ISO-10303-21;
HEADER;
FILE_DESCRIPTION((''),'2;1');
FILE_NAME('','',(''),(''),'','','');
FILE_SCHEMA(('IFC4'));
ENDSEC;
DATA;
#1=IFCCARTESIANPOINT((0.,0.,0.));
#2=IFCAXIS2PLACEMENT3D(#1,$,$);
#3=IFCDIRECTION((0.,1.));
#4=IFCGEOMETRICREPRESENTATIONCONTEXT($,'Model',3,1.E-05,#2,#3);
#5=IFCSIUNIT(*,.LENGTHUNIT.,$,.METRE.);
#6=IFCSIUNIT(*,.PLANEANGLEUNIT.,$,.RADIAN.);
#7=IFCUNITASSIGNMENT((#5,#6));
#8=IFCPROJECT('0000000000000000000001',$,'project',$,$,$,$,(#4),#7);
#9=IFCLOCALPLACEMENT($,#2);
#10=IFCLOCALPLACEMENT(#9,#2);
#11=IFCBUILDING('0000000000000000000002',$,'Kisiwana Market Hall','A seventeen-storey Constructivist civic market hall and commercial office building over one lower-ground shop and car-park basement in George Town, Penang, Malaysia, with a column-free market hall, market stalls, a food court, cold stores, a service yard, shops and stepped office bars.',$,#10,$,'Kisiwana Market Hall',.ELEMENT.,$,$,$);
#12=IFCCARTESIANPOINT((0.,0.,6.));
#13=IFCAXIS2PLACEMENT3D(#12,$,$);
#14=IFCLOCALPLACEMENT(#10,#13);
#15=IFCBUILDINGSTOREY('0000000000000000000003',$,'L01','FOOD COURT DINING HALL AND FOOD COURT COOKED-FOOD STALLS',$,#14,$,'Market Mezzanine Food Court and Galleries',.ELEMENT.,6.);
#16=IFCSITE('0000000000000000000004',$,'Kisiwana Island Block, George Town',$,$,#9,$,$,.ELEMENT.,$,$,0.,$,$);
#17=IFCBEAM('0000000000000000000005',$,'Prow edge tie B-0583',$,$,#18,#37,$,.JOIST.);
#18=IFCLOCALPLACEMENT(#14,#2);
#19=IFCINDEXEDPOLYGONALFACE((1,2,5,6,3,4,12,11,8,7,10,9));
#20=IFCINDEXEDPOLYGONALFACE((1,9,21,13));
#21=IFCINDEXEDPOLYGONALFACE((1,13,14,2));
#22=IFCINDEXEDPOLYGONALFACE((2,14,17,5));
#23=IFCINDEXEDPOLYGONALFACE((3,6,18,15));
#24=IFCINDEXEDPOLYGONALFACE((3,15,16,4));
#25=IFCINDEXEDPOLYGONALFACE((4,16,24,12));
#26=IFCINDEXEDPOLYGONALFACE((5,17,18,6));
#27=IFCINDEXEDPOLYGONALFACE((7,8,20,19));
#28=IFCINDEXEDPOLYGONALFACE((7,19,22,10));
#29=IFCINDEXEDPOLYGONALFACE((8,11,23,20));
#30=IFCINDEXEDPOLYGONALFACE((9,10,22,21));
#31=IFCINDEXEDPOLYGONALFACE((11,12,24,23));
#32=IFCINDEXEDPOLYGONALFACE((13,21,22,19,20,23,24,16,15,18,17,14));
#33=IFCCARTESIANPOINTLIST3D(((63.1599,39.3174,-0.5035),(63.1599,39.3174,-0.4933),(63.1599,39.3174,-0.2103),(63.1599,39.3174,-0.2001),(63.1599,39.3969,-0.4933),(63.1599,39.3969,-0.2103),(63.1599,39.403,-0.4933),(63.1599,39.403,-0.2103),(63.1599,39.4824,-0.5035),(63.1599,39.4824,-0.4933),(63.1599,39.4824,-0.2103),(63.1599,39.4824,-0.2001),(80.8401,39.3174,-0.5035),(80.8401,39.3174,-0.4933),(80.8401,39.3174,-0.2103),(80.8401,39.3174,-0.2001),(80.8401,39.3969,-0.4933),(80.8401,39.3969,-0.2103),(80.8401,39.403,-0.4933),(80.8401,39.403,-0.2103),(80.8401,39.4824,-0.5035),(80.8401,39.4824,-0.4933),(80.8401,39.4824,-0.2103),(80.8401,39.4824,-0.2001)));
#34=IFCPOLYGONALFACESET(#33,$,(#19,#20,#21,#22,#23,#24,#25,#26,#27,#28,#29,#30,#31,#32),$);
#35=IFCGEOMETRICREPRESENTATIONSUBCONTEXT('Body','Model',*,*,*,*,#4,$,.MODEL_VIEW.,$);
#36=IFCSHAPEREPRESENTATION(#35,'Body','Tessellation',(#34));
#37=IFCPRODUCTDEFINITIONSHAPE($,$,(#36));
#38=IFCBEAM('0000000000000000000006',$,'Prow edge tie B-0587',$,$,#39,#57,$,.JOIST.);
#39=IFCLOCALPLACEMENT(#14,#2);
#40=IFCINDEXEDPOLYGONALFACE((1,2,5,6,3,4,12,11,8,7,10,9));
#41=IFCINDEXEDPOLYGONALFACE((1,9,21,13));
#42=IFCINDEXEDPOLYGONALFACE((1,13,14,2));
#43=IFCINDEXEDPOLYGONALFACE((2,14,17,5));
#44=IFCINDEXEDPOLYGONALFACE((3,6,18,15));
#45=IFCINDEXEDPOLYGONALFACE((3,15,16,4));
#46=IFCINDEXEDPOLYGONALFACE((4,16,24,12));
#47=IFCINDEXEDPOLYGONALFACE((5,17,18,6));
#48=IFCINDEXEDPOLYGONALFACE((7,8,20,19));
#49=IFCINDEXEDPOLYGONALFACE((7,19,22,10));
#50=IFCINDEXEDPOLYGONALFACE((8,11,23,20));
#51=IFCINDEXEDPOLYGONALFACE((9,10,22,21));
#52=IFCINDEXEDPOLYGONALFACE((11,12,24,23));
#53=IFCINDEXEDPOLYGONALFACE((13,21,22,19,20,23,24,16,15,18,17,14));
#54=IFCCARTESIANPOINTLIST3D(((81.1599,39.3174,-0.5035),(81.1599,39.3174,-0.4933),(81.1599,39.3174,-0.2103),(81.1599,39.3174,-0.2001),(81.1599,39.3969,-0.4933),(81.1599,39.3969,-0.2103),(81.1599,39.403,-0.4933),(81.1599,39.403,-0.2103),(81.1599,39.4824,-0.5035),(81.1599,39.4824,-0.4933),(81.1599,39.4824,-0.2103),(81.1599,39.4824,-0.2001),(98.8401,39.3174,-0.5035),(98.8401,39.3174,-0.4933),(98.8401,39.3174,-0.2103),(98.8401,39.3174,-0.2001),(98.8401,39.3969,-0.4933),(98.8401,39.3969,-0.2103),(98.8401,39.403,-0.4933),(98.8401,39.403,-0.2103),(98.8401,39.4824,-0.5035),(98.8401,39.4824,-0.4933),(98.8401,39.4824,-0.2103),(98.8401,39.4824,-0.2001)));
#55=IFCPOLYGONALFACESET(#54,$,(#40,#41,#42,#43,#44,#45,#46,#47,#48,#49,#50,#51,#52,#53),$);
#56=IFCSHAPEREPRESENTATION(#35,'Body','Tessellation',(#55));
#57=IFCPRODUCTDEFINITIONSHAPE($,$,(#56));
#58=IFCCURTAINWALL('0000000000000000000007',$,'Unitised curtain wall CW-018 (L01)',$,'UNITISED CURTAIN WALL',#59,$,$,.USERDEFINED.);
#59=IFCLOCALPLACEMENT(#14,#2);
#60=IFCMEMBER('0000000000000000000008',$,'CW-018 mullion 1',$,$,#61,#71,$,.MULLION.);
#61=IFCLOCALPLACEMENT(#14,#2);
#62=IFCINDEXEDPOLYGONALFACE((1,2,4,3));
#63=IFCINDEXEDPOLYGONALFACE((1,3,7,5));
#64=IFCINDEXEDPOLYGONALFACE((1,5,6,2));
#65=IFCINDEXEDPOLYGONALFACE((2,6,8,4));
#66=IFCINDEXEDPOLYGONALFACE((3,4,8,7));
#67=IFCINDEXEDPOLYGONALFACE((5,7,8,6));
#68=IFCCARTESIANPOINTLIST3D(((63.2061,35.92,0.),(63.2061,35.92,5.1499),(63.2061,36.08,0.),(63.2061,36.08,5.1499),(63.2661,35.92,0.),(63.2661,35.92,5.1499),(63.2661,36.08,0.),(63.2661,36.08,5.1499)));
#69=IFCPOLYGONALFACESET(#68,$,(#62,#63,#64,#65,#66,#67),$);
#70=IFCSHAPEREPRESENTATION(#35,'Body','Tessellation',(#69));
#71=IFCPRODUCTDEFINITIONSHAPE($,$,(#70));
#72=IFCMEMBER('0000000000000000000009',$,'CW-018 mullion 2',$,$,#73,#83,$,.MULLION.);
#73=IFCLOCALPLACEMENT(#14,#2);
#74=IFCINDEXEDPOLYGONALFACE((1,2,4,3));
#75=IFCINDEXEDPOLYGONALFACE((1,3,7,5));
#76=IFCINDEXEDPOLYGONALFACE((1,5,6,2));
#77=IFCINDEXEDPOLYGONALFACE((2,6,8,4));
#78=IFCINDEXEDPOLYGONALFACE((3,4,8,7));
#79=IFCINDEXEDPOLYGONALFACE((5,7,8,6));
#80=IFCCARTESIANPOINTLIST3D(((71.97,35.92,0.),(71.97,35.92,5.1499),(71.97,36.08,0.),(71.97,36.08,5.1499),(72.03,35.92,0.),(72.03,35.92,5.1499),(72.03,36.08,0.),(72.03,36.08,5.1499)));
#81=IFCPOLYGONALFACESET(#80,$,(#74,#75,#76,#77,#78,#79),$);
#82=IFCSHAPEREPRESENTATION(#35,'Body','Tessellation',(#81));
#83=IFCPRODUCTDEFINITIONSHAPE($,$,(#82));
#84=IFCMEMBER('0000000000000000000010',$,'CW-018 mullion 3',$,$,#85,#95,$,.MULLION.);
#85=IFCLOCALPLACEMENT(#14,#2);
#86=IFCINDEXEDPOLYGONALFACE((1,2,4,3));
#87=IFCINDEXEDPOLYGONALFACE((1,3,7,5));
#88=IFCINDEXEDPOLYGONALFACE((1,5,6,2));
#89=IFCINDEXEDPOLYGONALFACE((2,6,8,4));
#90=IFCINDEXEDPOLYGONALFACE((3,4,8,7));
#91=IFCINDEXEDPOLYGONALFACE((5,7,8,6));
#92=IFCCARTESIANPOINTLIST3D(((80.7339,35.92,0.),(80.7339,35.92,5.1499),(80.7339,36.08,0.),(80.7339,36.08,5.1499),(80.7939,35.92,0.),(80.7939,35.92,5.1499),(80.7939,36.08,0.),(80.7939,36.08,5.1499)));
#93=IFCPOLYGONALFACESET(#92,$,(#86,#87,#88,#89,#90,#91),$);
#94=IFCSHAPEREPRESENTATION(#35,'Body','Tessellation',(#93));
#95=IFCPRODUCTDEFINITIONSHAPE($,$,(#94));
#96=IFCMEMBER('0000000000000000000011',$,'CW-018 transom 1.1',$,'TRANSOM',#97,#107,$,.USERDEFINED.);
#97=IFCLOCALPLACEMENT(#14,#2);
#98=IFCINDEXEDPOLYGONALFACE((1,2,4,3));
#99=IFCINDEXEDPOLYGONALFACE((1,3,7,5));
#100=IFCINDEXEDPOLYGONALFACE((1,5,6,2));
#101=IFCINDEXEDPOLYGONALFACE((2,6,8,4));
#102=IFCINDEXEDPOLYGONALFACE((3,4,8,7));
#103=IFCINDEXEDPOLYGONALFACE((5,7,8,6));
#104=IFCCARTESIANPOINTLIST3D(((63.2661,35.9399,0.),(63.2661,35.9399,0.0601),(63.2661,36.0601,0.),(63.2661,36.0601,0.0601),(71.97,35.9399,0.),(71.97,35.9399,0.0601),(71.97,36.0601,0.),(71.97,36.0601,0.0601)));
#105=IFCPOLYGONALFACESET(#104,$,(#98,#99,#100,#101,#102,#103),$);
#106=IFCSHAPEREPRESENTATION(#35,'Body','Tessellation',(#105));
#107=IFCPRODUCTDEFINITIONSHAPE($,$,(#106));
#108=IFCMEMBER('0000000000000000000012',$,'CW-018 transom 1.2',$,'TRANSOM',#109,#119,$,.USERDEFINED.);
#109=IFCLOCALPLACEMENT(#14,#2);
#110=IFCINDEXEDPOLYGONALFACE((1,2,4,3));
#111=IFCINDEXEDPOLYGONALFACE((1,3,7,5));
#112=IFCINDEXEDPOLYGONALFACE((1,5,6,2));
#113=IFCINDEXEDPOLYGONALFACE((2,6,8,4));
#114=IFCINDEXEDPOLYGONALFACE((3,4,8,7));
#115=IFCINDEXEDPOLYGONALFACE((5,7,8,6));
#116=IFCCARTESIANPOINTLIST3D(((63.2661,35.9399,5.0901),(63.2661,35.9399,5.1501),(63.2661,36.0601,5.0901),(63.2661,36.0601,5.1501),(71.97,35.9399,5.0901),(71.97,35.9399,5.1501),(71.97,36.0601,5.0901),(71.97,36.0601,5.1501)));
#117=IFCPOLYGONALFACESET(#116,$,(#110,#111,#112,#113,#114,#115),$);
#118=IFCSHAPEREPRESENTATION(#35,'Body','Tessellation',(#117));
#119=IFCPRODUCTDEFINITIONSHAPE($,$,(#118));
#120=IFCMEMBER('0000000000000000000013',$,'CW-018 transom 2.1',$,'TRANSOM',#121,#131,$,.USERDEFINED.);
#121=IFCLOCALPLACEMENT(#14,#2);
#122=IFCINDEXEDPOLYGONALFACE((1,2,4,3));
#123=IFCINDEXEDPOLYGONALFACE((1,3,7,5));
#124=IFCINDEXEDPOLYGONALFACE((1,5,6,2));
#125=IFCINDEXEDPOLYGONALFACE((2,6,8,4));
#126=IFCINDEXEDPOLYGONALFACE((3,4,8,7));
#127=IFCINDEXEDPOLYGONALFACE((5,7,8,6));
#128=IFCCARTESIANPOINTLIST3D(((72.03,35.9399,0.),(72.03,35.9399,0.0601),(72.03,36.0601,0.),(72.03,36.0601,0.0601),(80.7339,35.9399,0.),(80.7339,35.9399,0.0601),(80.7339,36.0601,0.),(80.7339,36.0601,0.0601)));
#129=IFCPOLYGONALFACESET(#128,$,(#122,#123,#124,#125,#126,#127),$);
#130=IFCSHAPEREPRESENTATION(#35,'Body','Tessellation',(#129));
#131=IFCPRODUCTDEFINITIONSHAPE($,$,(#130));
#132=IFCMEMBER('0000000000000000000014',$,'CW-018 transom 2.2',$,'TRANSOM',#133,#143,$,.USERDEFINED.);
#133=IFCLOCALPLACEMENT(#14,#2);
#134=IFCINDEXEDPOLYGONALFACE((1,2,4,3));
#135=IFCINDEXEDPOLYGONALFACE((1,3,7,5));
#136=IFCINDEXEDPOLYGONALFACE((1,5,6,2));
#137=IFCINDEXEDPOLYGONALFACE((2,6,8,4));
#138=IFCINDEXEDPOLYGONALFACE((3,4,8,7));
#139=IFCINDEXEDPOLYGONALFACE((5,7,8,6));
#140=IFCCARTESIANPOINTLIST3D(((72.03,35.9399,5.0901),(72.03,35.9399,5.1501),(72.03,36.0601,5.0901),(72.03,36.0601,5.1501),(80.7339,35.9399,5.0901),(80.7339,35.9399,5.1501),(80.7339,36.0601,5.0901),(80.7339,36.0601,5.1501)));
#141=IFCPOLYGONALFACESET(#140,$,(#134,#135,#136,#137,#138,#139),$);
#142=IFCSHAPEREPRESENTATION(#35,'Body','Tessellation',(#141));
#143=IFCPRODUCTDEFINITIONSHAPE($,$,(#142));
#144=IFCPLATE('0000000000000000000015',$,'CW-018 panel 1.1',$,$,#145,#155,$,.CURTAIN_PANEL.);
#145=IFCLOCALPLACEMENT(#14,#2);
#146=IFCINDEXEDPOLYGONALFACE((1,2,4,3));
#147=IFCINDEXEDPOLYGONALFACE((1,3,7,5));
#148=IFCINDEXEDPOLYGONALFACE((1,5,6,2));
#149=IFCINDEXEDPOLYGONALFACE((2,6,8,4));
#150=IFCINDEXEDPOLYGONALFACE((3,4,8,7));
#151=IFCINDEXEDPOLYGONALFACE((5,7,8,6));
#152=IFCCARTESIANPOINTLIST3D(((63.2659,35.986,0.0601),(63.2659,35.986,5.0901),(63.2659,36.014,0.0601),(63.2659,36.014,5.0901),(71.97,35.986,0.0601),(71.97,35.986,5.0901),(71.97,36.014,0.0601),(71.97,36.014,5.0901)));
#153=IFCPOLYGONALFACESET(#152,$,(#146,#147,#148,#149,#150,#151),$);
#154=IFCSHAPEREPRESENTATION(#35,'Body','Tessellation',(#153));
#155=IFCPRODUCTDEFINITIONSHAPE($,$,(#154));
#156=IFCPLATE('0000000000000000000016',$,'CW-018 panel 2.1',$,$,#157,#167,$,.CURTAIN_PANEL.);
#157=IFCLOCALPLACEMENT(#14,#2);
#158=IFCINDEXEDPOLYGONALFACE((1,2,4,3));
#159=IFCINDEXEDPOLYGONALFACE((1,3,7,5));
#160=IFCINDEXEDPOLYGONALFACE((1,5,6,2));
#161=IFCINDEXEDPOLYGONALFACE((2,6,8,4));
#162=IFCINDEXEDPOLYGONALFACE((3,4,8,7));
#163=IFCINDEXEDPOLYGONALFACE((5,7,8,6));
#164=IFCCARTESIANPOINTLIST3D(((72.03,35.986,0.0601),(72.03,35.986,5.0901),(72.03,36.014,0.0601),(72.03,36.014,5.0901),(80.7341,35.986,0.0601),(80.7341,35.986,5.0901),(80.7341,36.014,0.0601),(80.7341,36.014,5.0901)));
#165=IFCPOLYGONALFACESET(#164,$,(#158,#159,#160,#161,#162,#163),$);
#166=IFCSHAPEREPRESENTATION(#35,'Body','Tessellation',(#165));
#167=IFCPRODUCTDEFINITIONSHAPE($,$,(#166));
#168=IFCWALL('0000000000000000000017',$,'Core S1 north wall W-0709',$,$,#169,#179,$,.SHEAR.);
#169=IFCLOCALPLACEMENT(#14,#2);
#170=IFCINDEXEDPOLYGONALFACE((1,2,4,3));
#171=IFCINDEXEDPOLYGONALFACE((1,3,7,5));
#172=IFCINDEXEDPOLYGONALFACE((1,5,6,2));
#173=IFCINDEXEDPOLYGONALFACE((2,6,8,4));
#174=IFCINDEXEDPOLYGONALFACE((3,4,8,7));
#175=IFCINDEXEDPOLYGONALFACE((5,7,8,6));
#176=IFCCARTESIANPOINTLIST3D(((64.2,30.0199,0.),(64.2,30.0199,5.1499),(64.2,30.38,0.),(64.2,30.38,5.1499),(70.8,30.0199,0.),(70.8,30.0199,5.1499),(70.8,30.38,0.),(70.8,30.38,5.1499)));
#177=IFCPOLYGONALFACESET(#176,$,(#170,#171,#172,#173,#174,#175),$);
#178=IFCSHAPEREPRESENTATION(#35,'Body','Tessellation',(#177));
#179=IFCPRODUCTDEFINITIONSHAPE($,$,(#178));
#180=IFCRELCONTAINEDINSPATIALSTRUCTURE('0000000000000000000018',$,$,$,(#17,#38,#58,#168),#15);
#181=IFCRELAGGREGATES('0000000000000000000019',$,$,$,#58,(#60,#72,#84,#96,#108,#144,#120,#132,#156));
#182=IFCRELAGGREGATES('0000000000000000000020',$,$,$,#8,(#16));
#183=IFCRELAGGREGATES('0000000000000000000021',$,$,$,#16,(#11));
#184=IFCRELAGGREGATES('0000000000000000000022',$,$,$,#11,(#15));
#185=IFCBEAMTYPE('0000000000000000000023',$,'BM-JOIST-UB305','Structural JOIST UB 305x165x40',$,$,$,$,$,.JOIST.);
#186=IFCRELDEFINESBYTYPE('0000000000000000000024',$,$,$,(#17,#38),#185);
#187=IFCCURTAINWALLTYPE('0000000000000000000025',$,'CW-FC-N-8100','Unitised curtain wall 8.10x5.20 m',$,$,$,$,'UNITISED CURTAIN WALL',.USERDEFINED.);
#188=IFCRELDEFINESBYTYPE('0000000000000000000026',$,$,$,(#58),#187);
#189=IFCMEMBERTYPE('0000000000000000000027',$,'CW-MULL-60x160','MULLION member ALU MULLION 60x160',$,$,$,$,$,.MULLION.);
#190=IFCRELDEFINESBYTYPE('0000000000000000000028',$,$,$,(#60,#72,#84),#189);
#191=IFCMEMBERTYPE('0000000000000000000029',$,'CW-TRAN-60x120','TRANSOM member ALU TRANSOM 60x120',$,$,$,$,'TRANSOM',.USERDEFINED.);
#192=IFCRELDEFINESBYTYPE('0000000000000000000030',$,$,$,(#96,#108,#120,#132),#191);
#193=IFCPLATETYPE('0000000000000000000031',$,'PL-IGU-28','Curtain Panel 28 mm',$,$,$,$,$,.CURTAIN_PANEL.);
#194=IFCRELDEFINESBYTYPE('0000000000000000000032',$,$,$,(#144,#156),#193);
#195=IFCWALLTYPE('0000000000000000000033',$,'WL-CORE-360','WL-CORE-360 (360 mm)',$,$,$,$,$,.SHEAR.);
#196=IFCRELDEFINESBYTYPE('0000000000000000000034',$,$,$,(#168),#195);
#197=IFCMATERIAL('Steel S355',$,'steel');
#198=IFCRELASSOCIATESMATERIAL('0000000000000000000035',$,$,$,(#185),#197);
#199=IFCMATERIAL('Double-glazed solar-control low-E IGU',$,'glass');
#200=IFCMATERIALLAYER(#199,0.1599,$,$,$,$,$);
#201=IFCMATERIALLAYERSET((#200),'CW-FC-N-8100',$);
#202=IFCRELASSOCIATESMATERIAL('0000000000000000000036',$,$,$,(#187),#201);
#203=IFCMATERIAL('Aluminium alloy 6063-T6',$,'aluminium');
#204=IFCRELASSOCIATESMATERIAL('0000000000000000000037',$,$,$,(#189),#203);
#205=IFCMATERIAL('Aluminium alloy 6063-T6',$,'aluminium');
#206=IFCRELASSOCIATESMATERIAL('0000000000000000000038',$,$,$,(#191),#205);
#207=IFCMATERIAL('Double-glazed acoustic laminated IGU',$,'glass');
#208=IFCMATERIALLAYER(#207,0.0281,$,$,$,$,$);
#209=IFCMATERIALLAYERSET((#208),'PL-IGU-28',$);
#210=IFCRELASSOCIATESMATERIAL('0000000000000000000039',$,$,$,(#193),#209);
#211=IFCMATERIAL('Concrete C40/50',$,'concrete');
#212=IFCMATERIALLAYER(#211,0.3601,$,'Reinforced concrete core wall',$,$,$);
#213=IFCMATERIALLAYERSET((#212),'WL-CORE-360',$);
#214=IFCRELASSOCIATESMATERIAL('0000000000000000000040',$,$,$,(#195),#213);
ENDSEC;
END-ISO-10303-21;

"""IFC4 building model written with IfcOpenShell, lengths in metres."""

from ifc_helpers import new_model, si_unit, direction, frame, frame_2d, origin, origin_2d, place, context, subcontext, project, spatial, rectangle, i_section, extrude, material, layer, layer_set, material_profile, profile_set, type_object, element, aggregate, save


model = new_model("IFC4")

# Units and contexts
model_context = context("Model", 3, precision=1e-05, world=origin(), true_north=direction((0.0, 1.0)))
body_context = subcontext(model_context, "Body", "Model", "MODEL_VIEW")
ifc_project = project(units=[si_unit("LENGTHUNIT", "METRE"), si_unit("PLANEANGLEUNIT", "RADIAN")], contexts=[model_context])

# Site, building, storey
site_placement = place(None, origin())
site = spatial("IfcSite", under=ifc_project, at=site_placement, Name="Kisiwana Island Block, George Town", CompositionType="ELEMENT", RefElevation=0.0)
building_placement = place(site_placement, origin())
building = spatial("IfcBuilding", under=site, at=building_placement, Name="Kisiwana Market Hall", Description="A seventeen-storey Constructivist civic market hall and commercial office building over one lower-ground shop and car-park basement in George Town, Penang, Malaysia, with a column-free market hall, market stalls, a food court, cold stores, a service yard, shops and stepped office bars.", LongName="Kisiwana Market Hall", CompositionType="ELEMENT")
storey_placement = place(building_placement, frame((0.0, 0.0, 6.0)))
storey = spatial("IfcBuildingStorey", under=building, at=storey_placement, Name="L01", Description="FOOD COURT DINING HALL AND FOOD COURT COOKED-FOOD STALLS", LongName="Market Mezzanine Food Court and Galleries", CompositionType="ELEMENT", Elevation=6.0)

# Beams
ifc_material_1 = material(Name="Steel S355", Category="steel")
ifc_material_profile_1 = material_profile(ifc_material_1, i_section(OverallWidth=0.165, OverallDepth=0.3035, WebThickness=0.0061, FlangeThickness=0.0103, at=origin_2d()), Name="UB 305x165x40")
ifc_profile_set_1 = profile_set([ifc_material_profile_1], Name="Steel S355")
beam_type_1 = type_object("IfcBeamType", Name="BM-JOIST-UB305", Description="Structural JOIST UB 305x165x40", PredefinedType="JOIST", material=ifc_profile_set_1)
for number, where, z_axis, x_axis, name in (
    (1, (63.1599, 39.3999, -0.3518), (1.0, 0.0, 0.0), (0.0, 1.0, 0.0), "Prow edge tie B-0583"),
    (2, (81.1599, 39.3999, -0.3518), (1.0, 0.0, 0.0), (0.0, 1.0, 0.0), "Prow edge tie B-0587"),
):
    element("IfcBeam", number, at=place(storey_placement, frame(where, z_axis=z_axis, x_axis=x_axis)), inside=storey, type_object=beam_type_1, Name=name, PredefinedType="JOIST", context=body_context, shape_type="SweptSolid", body=[
        extrude(i_section(OverallWidth=0.165, OverallDepth=0.3035, WebThickness=0.0061, FlangeThickness=0.0103, at=origin_2d()), origin(), (0.0, 0.0, 1.0), 17.6802),
    ])

# Curtain wall, members, plates
ifc_material_2 = material(Name="Double-glazed solar-control low-E IGU", Category="glass")
ifc_layer_1 = layer(ifc_material_2, 0.1599)
ifc_layer_set_1 = layer_set([ifc_layer_1], Name="CW-FC-N-8100")
curtain_wall_type = type_object("IfcCurtainWallType", Name="CW-FC-N-8100", Description="Unitised curtain wall 8.10x5.20 m", ElementType="UNITISED CURTAIN WALL", PredefinedType="USERDEFINED", material=ifc_layer_set_1)
curtain_wall_placement = place(storey_placement, origin())
curtain_wall = element("IfcCurtainWall", 3, at=curtain_wall_placement, inside=storey, type_object=curtain_wall_type, Name="Unitised curtain wall CW-018 (L01)", ObjectType="UNITISED CURTAIN WALL", PredefinedType="USERDEFINED")
ifc_material_3 = material(Name="Aluminium alloy 6063-T6", Category="aluminium")
ifc_material_profile_2 = material_profile(ifc_material_3, rectangle(XDim=0.0601, YDim=0.1599, at=origin_2d()), Name="ALU MULLION 60x160")
ifc_profile_set_2 = profile_set([ifc_material_profile_2], Name="Aluminium alloy 6063-T6")
member_type_1 = type_object("IfcMemberType", Name="CW-MULL-60x160", Description="MULLION member ALU MULLION 60x160", PredefinedType="MULLION", material=ifc_profile_set_2)
member_1_placement = place(storey_placement, frame((63.2361, 36.0, 0.0), z_axis=(0.0, 0.0, 1.0), x_axis=(1.0, 0.0, 0.0)))
member_1 = element("IfcMember", 4, at=member_1_placement, type_object=member_type_1, Name="CW-018 mullion 1", PredefinedType="MULLION", context=body_context, shape_type="SweptSolid", body=[
    extrude(rectangle(XDim=0.0601, YDim=0.1599, at=origin_2d()), origin(), (0.0, 0.0, 1.0), 5.1499),
])
member_2_placement = place(storey_placement, frame((72.0, 36.0, 0.0), z_axis=(0.0, 0.0, 1.0), x_axis=(1.0, 0.0, 0.0)))
member_2 = element("IfcMember", 5, at=member_2_placement, type_object=member_type_1, Name="CW-018 mullion 2", PredefinedType="MULLION", context=body_context, shape_type="SweptSolid", body=[
    extrude(rectangle(XDim=0.0601, YDim=0.1599, at=origin_2d()), origin(), (0.0, 0.0, 1.0), 5.1499),
])
member_3_placement = place(storey_placement, frame((80.7639, 36.0, 0.0), z_axis=(0.0, 0.0, 1.0), x_axis=(1.0, 0.0, 0.0)))
member_3 = element("IfcMember", 6, at=member_3_placement, type_object=member_type_1, Name="CW-018 mullion 3", PredefinedType="MULLION", context=body_context, shape_type="SweptSolid", body=[
    extrude(rectangle(XDim=0.0601, YDim=0.1599, at=origin_2d()), origin(), (0.0, 0.0, 1.0), 5.1499),
])
ifc_material_4 = material(Name="Aluminium alloy 6063-T6", Category="aluminium")
ifc_material_profile_3 = material_profile(ifc_material_4, rectangle(XDim=0.1201, YDim=0.0601, at=origin_2d()), Name="ALU TRANSOM 60x120")
ifc_profile_set_3 = profile_set([ifc_material_profile_3], Name="Aluminium alloy 6063-T6")
member_type_2 = type_object("IfcMemberType", Name="CW-TRAN-60x120", Description="TRANSOM member ALU TRANSOM 60x120", ElementType="TRANSOM", PredefinedType="USERDEFINED", material=ifc_profile_set_3)
member_4_placement = place(storey_placement, frame((63.2661, 36.0, 0.03), z_axis=(1.0, 0.0, 0.0), x_axis=(0.0, 1.0, 0.0)))
member_4 = element("IfcMember", 7, at=member_4_placement, type_object=member_type_2, Name="CW-018 transom 1.1", ObjectType="TRANSOM", PredefinedType="USERDEFINED", context=body_context, shape_type="SweptSolid", body=[
    extrude(rectangle(XDim=0.1201, YDim=0.0601, at=origin_2d()), origin(), (0.0, 0.0, 1.0), 8.7039),
])
member_5_placement = place(storey_placement, frame((63.2661, 36.0, 5.1201), z_axis=(1.0, 0.0, 0.0), x_axis=(0.0, 1.0, 0.0)))
member_5 = element("IfcMember", 8, at=member_5_placement, type_object=member_type_2, Name="CW-018 transom 1.2", ObjectType="TRANSOM", PredefinedType="USERDEFINED", context=body_context, shape_type="SweptSolid", body=[
    extrude(rectangle(XDim=0.1201, YDim=0.0601, at=origin_2d()), origin(), (0.0, 0.0, 1.0), 8.7039),
])
member_6_placement = place(storey_placement, frame((72.03, 36.0, 0.03), z_axis=(1.0, 0.0, 0.0), x_axis=(0.0, 1.0, 0.0)))
member_6 = element("IfcMember", 9, at=member_6_placement, type_object=member_type_2, Name="CW-018 transom 2.1", ObjectType="TRANSOM", PredefinedType="USERDEFINED", context=body_context, shape_type="SweptSolid", body=[
    extrude(rectangle(XDim=0.1201, YDim=0.0601, at=origin_2d()), origin(), (0.0, 0.0, 1.0), 8.7039),
])
member_7_placement = place(storey_placement, frame((72.03, 36.0, 5.1201), z_axis=(1.0, 0.0, 0.0), x_axis=(0.0, 1.0, 0.0)))
member_7 = element("IfcMember", 10, at=member_7_placement, type_object=member_type_2, Name="CW-018 transom 2.2", ObjectType="TRANSOM", PredefinedType="USERDEFINED", context=body_context, shape_type="SweptSolid", body=[
    extrude(rectangle(XDim=0.1201, YDim=0.0601, at=origin_2d()), origin(), (0.0, 0.0, 1.0), 8.7039),
])
ifc_material_5 = material(Name="Double-glazed acoustic laminated IGU", Category="glass")
ifc_layer_2 = layer(ifc_material_5, 0.0281)
ifc_layer_set_2 = layer_set([ifc_layer_2], Name="PL-IGU-28")
plate_type = type_object("IfcPlateType", Name="PL-IGU-28", Description="Curtain Panel 28 mm", PredefinedType="CURTAIN_PANEL", material=ifc_layer_set_2)
plate_1_placement = place(storey_placement, frame((67.6179, 36.0, 0.0601), z_axis=(0.0, 0.0, 1.0), x_axis=(1.0, 0.0, 0.0)))
plate_1 = element("IfcPlate", 11, at=plate_1_placement, type_object=plate_type, Name="CW-018 panel 1.1", PredefinedType="CURTAIN_PANEL", context=body_context, shape_type="SweptSolid", body=[
    extrude(rectangle(XDim=8.7041, YDim=0.0281, at=origin_2d()), origin(), (0.0, 0.0, 1.0), 5.03),
])
plate_2_placement = place(storey_placement, frame((76.3821, 36.0, 0.0601), z_axis=(0.0, 0.0, 1.0), x_axis=(1.0, 0.0, 0.0)))
plate_2 = element("IfcPlate", 12, at=plate_2_placement, type_object=plate_type, Name="CW-018 panel 2.1", PredefinedType="CURTAIN_PANEL", context=body_context, shape_type="SweptSolid", body=[
    extrude(rectangle(XDim=8.7041, YDim=0.0281, at=origin_2d()), origin(), (0.0, 0.0, 1.0), 5.03),
])
aggregate(curtain_wall, [member_1, member_2, member_3, member_4, member_5, plate_1, member_6, member_7, plate_2])

# Wall
ifc_material_6 = material(Name="Concrete C40/50", Category="concrete")
ifc_layer_3 = layer(ifc_material_6, 0.3601, Name="Reinforced concrete core wall")
ifc_layer_set_3 = layer_set([ifc_layer_3], Name="WL-CORE-360")
wall_type = type_object("IfcWallType", Name="WL-CORE-360", Description="WL-CORE-360 (360 mm)", PredefinedType="SHEAR", material=ifc_layer_set_3)
wall_placement = place(storey_placement, frame((64.2, 30.2, 0.0), z_axis=(0.0, 0.0, 1.0), x_axis=(1.0, 0.0, 0.0)))
element("IfcWall", 13, at=wall_placement, inside=storey, type_object=wall_type, Name="Core S1 north wall W-0709", PredefinedType="SHEAR", context=body_context, shape_type="SweptSolid", body=[
    extrude(rectangle(XDim=6.6001, YDim=0.3601, at=frame_2d((3.3, 0.0))), origin(), (0.0, 0.0, 1.0), 5.1499),
])

save(model, "model.ifc")
